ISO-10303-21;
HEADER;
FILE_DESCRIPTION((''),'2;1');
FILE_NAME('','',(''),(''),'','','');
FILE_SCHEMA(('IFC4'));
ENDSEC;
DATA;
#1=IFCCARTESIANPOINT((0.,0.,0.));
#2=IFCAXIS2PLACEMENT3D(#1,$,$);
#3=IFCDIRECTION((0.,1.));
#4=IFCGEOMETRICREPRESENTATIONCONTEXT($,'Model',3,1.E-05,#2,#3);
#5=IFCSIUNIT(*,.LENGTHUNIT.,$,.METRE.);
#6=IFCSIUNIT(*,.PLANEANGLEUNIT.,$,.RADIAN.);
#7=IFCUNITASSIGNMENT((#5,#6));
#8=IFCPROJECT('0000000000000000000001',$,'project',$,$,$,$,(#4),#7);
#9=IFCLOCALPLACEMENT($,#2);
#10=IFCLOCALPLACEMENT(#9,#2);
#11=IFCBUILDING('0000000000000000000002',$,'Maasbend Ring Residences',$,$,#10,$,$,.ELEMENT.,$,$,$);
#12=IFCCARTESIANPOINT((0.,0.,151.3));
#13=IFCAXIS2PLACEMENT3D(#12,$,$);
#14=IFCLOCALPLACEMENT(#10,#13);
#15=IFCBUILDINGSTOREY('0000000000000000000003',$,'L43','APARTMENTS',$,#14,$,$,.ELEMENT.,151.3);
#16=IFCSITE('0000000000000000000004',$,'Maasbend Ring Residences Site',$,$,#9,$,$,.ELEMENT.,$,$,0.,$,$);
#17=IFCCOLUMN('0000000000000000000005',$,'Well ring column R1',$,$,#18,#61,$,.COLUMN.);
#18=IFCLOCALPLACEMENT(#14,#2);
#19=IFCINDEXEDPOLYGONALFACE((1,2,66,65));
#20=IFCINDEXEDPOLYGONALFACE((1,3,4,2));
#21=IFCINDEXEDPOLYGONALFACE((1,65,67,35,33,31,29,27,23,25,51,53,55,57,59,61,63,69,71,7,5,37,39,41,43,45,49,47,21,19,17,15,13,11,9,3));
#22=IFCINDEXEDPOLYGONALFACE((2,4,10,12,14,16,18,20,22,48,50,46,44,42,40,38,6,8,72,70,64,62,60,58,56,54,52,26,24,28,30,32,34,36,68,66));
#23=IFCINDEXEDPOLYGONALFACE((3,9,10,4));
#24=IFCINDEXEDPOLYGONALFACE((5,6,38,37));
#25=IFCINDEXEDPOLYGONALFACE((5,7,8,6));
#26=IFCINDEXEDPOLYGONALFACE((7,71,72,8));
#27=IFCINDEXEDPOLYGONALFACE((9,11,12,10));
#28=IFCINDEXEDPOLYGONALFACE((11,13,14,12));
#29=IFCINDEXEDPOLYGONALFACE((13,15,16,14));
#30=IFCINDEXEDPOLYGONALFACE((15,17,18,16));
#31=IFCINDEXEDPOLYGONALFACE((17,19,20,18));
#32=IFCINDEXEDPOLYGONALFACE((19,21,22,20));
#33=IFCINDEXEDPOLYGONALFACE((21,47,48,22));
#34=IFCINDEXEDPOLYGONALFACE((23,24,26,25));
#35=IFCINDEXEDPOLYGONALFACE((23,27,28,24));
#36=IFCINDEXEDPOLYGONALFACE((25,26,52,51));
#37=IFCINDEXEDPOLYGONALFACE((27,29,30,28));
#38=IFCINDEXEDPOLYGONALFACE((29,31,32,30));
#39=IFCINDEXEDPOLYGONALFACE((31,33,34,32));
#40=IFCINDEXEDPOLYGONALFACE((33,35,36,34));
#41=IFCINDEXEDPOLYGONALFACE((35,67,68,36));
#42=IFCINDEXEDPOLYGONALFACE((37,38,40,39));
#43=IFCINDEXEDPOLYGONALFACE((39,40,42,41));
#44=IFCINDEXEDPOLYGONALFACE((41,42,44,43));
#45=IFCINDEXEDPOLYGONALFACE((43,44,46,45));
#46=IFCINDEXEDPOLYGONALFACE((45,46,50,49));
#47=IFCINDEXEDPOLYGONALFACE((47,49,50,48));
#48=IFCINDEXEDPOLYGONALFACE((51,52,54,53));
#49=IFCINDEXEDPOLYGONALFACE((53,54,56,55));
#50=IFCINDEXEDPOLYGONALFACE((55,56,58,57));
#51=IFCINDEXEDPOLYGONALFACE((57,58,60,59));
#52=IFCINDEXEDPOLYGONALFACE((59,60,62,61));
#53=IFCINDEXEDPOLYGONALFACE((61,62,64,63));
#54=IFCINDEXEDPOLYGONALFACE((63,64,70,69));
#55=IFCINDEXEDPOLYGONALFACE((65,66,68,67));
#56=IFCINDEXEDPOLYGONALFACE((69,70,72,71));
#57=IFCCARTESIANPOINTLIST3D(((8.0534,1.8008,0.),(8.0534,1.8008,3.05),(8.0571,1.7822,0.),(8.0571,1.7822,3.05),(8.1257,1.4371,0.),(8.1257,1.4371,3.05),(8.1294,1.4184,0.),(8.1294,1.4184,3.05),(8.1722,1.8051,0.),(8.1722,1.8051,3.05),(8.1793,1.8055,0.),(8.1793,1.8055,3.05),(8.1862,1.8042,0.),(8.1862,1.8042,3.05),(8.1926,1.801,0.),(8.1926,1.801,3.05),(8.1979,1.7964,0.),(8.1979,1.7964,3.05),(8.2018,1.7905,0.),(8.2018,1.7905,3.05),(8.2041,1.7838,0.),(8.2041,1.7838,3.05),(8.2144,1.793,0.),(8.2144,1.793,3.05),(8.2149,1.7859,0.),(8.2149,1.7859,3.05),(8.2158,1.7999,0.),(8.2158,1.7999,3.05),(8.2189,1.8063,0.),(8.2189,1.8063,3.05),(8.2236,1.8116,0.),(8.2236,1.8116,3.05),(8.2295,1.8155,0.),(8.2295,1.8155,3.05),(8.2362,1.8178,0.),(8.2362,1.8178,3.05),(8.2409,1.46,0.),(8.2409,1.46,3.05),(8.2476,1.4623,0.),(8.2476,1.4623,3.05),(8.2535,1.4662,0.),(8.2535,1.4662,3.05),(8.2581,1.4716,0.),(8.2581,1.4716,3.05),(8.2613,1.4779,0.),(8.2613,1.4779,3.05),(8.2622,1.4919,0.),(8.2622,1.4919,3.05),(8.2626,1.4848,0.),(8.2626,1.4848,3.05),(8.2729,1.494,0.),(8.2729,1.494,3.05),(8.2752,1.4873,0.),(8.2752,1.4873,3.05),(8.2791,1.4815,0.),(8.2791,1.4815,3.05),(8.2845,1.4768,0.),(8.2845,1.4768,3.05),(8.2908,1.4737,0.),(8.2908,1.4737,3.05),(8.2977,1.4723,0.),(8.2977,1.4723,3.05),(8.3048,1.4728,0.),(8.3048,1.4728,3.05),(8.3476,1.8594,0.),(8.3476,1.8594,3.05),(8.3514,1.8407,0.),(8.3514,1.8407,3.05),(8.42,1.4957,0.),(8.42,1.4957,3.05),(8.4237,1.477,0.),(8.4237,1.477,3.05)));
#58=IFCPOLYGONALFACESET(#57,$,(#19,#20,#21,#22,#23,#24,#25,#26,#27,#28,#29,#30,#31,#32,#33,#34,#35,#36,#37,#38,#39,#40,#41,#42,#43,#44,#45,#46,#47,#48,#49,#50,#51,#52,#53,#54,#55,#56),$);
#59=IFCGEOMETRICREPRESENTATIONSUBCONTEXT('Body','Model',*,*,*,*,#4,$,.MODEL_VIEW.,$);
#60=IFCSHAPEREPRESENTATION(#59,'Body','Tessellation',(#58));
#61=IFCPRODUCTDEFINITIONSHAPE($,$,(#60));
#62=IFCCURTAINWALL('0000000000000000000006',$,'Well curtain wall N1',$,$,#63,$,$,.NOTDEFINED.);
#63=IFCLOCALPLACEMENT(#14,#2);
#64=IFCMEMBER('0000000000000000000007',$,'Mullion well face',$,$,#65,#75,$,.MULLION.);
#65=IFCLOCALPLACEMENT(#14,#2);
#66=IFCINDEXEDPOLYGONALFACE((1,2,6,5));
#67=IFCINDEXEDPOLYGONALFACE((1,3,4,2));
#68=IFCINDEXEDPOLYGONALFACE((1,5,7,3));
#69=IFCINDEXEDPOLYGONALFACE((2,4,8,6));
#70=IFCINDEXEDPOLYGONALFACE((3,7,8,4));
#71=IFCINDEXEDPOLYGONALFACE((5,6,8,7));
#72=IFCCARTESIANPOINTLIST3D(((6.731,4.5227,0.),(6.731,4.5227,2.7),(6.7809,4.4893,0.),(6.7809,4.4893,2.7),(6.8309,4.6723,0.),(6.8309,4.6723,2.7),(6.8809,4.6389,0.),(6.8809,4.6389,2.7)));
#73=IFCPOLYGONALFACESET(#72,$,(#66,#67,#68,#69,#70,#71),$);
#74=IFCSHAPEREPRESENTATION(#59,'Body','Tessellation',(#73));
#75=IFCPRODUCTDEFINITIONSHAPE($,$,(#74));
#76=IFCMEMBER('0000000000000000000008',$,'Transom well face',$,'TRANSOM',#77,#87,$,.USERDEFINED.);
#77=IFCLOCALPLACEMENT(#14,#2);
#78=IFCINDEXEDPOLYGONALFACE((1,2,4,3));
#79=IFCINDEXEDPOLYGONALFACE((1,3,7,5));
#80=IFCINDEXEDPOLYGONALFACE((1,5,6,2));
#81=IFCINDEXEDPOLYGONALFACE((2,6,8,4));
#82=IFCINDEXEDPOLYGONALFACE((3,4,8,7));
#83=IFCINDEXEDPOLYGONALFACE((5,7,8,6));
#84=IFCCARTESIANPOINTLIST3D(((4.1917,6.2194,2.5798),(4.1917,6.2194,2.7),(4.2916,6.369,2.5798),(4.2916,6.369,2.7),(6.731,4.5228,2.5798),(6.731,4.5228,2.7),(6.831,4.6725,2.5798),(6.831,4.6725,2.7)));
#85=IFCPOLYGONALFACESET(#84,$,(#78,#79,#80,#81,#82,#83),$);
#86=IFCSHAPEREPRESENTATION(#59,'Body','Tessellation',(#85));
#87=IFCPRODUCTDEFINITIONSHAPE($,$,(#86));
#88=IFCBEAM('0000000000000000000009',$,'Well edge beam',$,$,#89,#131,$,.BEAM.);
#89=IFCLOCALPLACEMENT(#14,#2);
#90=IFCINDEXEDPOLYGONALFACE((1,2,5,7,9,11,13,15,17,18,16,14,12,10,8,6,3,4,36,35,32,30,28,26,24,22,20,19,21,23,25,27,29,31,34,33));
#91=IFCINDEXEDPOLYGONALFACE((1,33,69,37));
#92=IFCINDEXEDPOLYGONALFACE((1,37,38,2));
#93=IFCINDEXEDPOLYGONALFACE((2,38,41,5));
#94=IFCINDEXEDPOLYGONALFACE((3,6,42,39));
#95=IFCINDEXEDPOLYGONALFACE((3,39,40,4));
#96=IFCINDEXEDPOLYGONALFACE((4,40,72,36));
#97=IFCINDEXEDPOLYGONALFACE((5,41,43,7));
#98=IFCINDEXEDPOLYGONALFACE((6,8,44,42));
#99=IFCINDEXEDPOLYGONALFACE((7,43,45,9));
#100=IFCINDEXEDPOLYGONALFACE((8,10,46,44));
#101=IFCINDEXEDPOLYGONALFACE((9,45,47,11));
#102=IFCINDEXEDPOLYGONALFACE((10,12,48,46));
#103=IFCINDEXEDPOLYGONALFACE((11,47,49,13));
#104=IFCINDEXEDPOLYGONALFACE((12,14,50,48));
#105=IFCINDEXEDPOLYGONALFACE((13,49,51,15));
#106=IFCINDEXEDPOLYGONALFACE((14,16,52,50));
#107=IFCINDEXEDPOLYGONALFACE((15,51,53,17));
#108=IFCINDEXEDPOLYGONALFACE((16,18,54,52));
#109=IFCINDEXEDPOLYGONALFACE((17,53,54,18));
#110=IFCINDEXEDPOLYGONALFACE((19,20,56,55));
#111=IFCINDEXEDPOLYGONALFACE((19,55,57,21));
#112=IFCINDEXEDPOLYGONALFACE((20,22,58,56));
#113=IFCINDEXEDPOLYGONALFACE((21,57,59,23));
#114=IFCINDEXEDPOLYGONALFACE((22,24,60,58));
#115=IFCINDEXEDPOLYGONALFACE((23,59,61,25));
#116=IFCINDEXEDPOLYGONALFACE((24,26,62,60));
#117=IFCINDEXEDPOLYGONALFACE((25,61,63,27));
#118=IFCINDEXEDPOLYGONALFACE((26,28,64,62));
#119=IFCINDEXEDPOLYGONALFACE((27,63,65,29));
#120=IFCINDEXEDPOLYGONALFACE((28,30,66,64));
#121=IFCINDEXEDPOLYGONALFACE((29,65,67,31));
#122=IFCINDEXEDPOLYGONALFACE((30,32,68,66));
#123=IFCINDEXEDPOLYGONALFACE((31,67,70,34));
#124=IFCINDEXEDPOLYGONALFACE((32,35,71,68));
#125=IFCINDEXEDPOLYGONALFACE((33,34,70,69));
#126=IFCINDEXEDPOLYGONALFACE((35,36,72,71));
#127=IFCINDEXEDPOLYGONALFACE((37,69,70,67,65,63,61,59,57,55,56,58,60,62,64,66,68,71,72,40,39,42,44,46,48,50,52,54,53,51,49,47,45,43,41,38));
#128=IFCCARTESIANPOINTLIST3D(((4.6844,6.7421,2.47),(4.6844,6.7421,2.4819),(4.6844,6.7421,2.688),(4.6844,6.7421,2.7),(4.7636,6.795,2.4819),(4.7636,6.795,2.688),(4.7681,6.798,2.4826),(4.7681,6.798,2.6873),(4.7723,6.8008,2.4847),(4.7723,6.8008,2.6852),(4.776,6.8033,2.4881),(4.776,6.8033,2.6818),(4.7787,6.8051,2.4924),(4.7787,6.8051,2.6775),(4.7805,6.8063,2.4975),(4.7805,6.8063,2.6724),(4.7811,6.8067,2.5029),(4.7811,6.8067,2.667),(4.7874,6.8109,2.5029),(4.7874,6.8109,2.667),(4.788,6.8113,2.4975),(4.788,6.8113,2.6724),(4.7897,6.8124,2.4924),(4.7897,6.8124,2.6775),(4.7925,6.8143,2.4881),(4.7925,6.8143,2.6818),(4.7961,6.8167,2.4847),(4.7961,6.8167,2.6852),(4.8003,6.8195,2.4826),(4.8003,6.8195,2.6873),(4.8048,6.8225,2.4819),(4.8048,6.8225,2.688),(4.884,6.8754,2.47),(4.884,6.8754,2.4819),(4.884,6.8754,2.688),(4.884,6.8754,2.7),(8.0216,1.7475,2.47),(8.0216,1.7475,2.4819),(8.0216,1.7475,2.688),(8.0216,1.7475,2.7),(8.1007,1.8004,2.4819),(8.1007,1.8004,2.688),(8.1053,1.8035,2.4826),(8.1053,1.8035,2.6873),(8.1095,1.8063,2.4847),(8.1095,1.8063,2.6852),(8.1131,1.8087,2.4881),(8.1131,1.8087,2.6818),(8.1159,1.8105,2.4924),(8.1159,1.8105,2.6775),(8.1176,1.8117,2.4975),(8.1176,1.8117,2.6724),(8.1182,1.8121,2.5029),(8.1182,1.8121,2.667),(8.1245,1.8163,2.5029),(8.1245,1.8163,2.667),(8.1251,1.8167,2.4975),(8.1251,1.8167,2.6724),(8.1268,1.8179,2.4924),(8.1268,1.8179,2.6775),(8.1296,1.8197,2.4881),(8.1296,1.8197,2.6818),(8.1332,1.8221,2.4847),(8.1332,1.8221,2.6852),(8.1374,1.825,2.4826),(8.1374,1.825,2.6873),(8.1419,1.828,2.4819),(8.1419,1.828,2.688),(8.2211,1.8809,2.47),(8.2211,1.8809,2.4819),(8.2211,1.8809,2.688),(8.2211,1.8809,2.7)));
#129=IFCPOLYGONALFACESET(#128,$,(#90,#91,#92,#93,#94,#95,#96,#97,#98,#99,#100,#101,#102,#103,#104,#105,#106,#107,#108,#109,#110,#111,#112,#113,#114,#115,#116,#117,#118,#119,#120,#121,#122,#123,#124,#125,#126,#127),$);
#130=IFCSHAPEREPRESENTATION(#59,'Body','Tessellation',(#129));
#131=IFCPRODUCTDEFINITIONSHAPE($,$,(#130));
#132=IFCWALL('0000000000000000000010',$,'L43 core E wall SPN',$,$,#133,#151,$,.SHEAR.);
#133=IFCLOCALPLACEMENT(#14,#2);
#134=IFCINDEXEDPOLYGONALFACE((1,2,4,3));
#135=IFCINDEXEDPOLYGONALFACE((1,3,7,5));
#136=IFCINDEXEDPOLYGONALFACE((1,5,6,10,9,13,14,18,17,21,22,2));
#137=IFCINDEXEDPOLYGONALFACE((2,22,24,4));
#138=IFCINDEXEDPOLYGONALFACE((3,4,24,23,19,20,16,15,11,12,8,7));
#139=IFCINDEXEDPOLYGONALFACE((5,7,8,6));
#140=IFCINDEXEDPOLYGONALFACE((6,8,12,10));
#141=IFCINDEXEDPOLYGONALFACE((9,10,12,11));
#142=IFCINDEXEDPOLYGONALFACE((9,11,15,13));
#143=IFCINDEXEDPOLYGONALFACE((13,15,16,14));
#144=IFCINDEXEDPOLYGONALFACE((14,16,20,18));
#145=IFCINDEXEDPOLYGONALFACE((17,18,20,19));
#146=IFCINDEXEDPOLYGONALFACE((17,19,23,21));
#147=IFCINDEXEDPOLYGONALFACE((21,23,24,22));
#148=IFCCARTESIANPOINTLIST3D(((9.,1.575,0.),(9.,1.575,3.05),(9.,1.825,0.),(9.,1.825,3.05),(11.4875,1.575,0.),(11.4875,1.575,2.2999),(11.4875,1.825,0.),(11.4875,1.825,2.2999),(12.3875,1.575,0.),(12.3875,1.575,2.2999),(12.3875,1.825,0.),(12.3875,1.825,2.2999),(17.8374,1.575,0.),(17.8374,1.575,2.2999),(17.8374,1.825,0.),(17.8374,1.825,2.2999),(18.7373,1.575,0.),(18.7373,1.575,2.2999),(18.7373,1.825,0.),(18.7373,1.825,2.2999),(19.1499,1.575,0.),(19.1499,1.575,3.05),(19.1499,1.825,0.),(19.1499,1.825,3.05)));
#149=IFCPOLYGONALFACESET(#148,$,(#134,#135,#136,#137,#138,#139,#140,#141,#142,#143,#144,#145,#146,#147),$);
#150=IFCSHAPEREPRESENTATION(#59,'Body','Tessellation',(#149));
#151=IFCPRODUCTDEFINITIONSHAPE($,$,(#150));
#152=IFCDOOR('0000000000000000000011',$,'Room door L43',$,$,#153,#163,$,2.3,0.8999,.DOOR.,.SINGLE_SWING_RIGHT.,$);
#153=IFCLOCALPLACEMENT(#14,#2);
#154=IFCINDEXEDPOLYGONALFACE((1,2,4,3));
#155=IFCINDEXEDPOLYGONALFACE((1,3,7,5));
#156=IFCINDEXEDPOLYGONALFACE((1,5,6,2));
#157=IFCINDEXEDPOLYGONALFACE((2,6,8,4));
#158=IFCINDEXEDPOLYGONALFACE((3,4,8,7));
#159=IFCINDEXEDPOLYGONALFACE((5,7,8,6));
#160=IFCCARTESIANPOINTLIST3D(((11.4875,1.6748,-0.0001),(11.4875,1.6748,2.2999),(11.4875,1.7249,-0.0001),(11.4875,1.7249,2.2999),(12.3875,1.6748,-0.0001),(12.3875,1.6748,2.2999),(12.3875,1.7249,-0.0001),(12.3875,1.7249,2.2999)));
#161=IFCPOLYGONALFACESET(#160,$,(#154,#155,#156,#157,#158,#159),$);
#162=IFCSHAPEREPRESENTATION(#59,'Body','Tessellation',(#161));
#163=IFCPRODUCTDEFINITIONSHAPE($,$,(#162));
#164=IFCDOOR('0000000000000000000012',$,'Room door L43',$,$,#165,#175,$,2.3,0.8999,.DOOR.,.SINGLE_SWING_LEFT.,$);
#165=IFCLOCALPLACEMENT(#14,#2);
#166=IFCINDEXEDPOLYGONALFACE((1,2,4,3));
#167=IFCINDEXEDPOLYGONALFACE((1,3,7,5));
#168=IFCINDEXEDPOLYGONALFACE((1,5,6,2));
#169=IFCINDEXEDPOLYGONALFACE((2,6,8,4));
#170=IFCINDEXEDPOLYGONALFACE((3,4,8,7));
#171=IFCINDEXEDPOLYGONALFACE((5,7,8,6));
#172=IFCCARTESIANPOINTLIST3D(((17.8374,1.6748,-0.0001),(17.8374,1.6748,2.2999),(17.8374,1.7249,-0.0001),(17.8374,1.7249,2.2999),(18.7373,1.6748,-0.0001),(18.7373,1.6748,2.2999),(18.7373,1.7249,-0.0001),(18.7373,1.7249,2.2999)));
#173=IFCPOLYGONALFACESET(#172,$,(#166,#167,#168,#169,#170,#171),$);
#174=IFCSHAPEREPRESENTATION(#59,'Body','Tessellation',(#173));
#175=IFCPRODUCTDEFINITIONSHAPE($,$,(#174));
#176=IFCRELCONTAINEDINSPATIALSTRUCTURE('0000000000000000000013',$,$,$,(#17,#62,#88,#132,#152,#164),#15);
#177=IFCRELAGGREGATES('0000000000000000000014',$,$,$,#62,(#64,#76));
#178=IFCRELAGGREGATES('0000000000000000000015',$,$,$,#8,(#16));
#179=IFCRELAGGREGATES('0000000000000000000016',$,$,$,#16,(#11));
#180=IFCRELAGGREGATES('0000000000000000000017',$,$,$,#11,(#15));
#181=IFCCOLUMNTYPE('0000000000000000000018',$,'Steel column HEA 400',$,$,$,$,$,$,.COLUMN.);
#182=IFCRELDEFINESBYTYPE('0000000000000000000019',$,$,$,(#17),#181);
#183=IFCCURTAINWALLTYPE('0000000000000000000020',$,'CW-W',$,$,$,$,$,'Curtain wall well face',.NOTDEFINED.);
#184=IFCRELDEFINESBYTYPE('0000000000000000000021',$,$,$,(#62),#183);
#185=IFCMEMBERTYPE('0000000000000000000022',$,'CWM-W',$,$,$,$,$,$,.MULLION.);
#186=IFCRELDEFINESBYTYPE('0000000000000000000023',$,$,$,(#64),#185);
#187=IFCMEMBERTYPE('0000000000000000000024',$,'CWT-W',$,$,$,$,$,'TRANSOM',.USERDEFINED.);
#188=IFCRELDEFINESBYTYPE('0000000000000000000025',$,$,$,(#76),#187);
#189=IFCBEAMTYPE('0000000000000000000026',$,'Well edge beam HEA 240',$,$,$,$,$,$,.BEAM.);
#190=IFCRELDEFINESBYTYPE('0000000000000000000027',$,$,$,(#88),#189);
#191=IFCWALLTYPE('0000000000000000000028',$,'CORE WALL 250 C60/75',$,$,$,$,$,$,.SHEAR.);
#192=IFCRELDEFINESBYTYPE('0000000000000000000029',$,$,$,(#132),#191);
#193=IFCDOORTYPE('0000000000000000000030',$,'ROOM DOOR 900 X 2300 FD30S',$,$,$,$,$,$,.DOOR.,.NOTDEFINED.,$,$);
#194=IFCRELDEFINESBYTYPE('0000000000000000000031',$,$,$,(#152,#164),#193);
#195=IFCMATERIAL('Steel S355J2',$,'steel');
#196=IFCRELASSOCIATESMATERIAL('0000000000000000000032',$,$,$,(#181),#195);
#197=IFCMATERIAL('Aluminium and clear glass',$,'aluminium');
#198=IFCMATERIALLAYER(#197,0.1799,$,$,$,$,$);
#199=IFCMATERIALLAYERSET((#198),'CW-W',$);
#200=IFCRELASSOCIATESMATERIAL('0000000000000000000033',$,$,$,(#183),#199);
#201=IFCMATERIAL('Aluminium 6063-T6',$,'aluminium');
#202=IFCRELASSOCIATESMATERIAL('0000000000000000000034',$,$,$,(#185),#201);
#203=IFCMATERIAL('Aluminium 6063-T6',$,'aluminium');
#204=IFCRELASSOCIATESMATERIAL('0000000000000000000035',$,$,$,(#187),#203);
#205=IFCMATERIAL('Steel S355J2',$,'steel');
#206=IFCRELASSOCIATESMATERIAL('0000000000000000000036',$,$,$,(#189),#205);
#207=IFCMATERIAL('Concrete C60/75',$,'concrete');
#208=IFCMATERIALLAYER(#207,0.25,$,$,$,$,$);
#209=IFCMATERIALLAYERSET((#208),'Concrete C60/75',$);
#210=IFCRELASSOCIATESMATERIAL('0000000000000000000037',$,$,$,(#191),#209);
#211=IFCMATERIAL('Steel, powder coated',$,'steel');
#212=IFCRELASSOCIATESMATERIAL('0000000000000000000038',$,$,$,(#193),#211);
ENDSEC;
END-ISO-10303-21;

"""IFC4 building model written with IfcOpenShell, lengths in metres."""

from ifc_helpers import new_model, si_unit, direction, frame, frame_2d, origin, origin_2d, place, context, subcontext, project, spatial, rectangle, i_section, extrude, material, layer, layer_set, material_profile, profile_set, type_object, element, fill, aggregate, save


model = new_model("IFC4")

# Units and contexts
model_context = context("Model", 3, precision=1e-05, world=origin(), true_north=direction((0.0, 1.0)))
body_context = subcontext(model_context, "Body", "Model", "MODEL_VIEW")
ifc_project = project(units=[si_unit("LENGTHUNIT", "METRE"), si_unit("PLANEANGLEUNIT", "RADIAN")], contexts=[model_context])

# Site, building, storey
site_placement = place(None, origin())
site = spatial("IfcSite", under=ifc_project, at=site_placement, Name="Maasbend Ring Residences Site", CompositionType="ELEMENT", RefElevation=0.0)
building_placement = place(site_placement, origin())
building = spatial("IfcBuilding", under=site, at=building_placement, Name="Maasbend Ring Residences", CompositionType="ELEMENT")
storey_placement = place(building_placement, frame((0.0, 0.0, 151.3)))
storey = spatial("IfcBuildingStorey", under=building, at=storey_placement, Name="L43", Description="APARTMENTS", CompositionType="ELEMENT", Elevation=151.3)

# Column
ifc_material_1 = material(Name="Steel S355J2", Category="steel")
ifc_material_profile_1 = material_profile(ifc_material_1, i_section(OverallWidth=0.3, OverallDepth=0.3899, WebThickness=0.011, FlangeThickness=0.019, FilletRadius=0.0271, at=origin_2d()), Name="HEA 400")
ifc_profile_set_1 = profile_set([ifc_material_profile_1], Name="Steel S355J2")
column_type = type_object("IfcColumnType", Name="Steel column HEA 400", PredefinedType="COLUMN", material=ifc_profile_set_1)
column_placement = place(storey_placement, frame((8.2385, 1.6389, 0.0), z_axis=(0.0, 0.0, 1.0), x_axis=(0.980785, 0.19509, 0.0)))
element("IfcColumn", 1, at=column_placement, inside=storey, type_object=column_type, Name="Well ring column R1", PredefinedType="COLUMN", context=body_context, shape_type="SweptSolid", body=[
    extrude(i_section(OverallWidth=0.3, OverallDepth=0.3899, WebThickness=0.011, FlangeThickness=0.019, FilletRadius=0.0271, at=origin_2d()), origin(), (0.0, 0.0, 1.0), 3.05),
])

# Curtain wall, members
ifc_material_2 = material(Name="Aluminium and clear glass", Category="aluminium")
ifc_layer_1 = layer(ifc_material_2, 0.1799)
ifc_layer_set_1 = layer_set([ifc_layer_1], Name="CW-W")
curtain_wall_type = type_object("IfcCurtainWallType", Name="CW-W", ElementType="Curtain wall well face", PredefinedType="NOTDEFINED", material=ifc_layer_set_1)
curtain_wall_placement = place(storey_placement, origin())
curtain_wall = element("IfcCurtainWall", 2, at=curtain_wall_placement, inside=storey, type_object=curtain_wall_type, Name="Well curtain wall N1", PredefinedType="NOTDEFINED")
ifc_material_3 = material(Name="Aluminium 6063-T6", Category="aluminium")
ifc_material_profile_2 = material_profile(ifc_material_3, rectangle(XDim=0.1799, YDim=0.0601, at=origin_2d()), Name="AL 180x60")
ifc_profile_set_2 = profile_set([ifc_material_profile_2], Name="Aluminium 6063-T6")
member_type_1 = type_object("IfcMemberType", Name="CWM-W", PredefinedType="MULLION", material=ifc_profile_set_2)
member_1_placement = place(storey_placement, frame((6.8059, 4.5808, 0.0), z_axis=(0.0, 0.0, 1.0), x_axis=(-0.55557, -0.83147, 0.0)))
member_1 = element("IfcMember", 3, at=member_1_placement, type_object=member_type_1, Name="Mullion well face", PredefinedType="MULLION", context=body_context, shape_type="SweptSolid", body=[
    extrude(rectangle(XDim=0.1799, YDim=0.0601, at=origin_2d()), origin(), (0.0, 0.0, 1.0), 2.7),
])
ifc_material_4 = material(Name="Aluminium 6063-T6", Category="aluminium")
ifc_material_profile_3 = material_profile(ifc_material_4, rectangle(XDim=0.1799, YDim=0.1201, at=origin_2d()), Name="AL 180x120")
ifc_profile_set_3 = profile_set([ifc_material_profile_3], Name="Aluminium 6063-T6")
member_type_2 = type_object("IfcMemberType", Name="CWT-W", ElementType="TRANSOM", PredefinedType="USERDEFINED", material=ifc_profile_set_3)
member_2_placement = place(storey_placement, frame((6.781, 4.5977, 2.6399), z_axis=(-0.831496, 0.55553, 0.0), x_axis=(-0.55553, -0.831496, 0.0)))
member_2 = element("IfcMember", 4, at=member_2_placement, type_object=member_type_2, Name="Transom well face", ObjectType="TRANSOM", PredefinedType="USERDEFINED", context=body_context, shape_type="SweptSolid", body=[
    extrude(rectangle(XDim=0.1799, YDim=0.1201, at=origin_2d()), origin(), (0.0, 0.0, 1.0), 3.054),
])
aggregate(curtain_wall, [member_1, member_2])

# Beam
ifc_material_5 = material(Name="Steel S355J2", Category="steel")
ifc_material_profile_4 = material_profile(ifc_material_5, i_section(OverallWidth=0.24, OverallDepth=0.23, WebThickness=0.0076, FlangeThickness=0.012, FilletRadius=0.021, at=origin_2d()), Name="HEA 240")
ifc_profile_set_4 = profile_set([ifc_material_profile_4], Name="Steel S355J2")
beam_type = type_object("IfcBeamType", Name="Well edge beam HEA 240", PredefinedType="BEAM", material=ifc_profile_set_4)
beam_placement = place(storey_placement, frame((8.1213, 1.8142, 2.585), z_axis=(-0.555553, 0.831481, 0.0), x_axis=(-0.831481, -0.555553, 0.0)))
element("IfcBeam", 5, at=beam_placement, inside=storey, type_object=beam_type, Name="Well edge beam", PredefinedType="BEAM", context=body_context, shape_type="SweptSolid", body=[
    extrude(i_section(OverallWidth=0.24, OverallDepth=0.23, WebThickness=0.0076, FlangeThickness=0.012, FilletRadius=0.021, at=origin_2d()), origin(), (0.0, 0.0, 1.0), 6.0068),
])

# Wall, openings, doors
ifc_material_6 = material(Name="Concrete C60/75", Category="concrete")
ifc_layer_2 = layer(ifc_material_6, 0.25)
ifc_layer_set_2 = layer_set([ifc_layer_2], Name="Concrete C60/75")
wall_type_1 = type_object("IfcWallType", Name="CORE WALL 250 C60/75", PredefinedType="SHEAR", material=ifc_layer_set_2)
wall_1_placement = place(storey_placement, frame((9.0, 1.7, 0.0), z_axis=(0.0, 0.0, 1.0), x_axis=(1.0, 0.0, 0.0)))
wall_1 = element("IfcWall", 6, at=wall_1_placement, inside=storey, type_object=wall_type_1, Name="L43 core E wall SPN", PredefinedType="SHEAR", context=body_context, shape_type="SweptSolid", body=[
    extrude(rectangle(XDim=10.1499, YDim=0.25, at=frame_2d((5.075, 0.0))), origin(), (0.0, 0.0, 1.0), 3.05),
])
opening_1_placement = place(wall_1_placement, frame((2.4875, 0.0, 0.0)))
opening_1 = element("IfcOpeningElement", 7, at=opening_1_placement, cuts=wall_1, PredefinedType="OPENING", context=body_context, shape_type="SweptSolid", body=[
    extrude(rectangle(XDim=0.8999, YDim=2.3, at=frame_2d((0.45, 1.1499))), frame((0.0, 0.135, 0.0), z_axis=(0.0, -1.0, 0.0), x_axis=(1.0, 0.0, 0.0)), (0.0, 0.0, 1.0), 0.27),
])
opening_2_placement = place(wall_1_placement, frame((8.8374, 0.0, 0.0)))
opening_2 = element("IfcOpeningElement", 8, at=opening_2_placement, cuts=wall_1, PredefinedType="OPENING", context=body_context, shape_type="SweptSolid", body=[
    extrude(rectangle(XDim=0.8999, YDim=2.3, at=frame_2d((0.45, 1.1499))), frame((0.0, 0.135, 0.0), z_axis=(0.0, -1.0, 0.0), x_axis=(1.0, 0.0, 0.0)), (0.0, 0.0, 1.0), 0.27),
])
ifc_material_7 = material(Name="Steel, powder coated", Category="steel")
door_type_1 = type_object("IfcDoorType", Name="ROOM DOOR 900 X 2300 FD30S", OperationType="NOTDEFINED", PredefinedType="DOOR", material=ifc_material_7)
door_1_placement = place(opening_1_placement, origin())
door_1 = element("IfcDoor", 9, at=door_1_placement, inside=storey, type_object=door_type_1, Name="Room door L43", OperationType="SINGLE_SWING_RIGHT", OverallHeight=2.3, OverallWidth=0.8999, PredefinedType="DOOR", context=body_context, shape_type="SweptSolid", body=[
    extrude(rectangle(XDim=0.8999, YDim=2.3, at=frame_2d((0.45, 1.1499))), frame((0.0, 0.0249, 0.0), z_axis=(0.0, -1.0, 0.0), x_axis=(1.0, 0.0, 0.0)), (0.0, 0.0, 1.0), 0.05),
])
fill(opening_1, door_1)
door_2_placement = place(opening_2_placement, origin())
door_2 = element("IfcDoor", 10, at=door_2_placement, inside=storey, type_object=door_type_1, Name="Room door L43", OperationType="SINGLE_SWING_LEFT", OverallHeight=2.3, OverallWidth=0.8999, PredefinedType="DOOR", context=body_context, shape_type="SweptSolid", body=[
    extrude(rectangle(XDim=0.8999, YDim=2.3, at=frame_2d((0.45, 1.1499))), frame((0.0, 0.0249, 0.0), z_axis=(0.0, -1.0, 0.0), x_axis=(1.0, 0.0, 0.0)), (0.0, 0.0, 1.0), 0.05),
])
fill(opening_2, door_2)

save(model, "model.ifc")
